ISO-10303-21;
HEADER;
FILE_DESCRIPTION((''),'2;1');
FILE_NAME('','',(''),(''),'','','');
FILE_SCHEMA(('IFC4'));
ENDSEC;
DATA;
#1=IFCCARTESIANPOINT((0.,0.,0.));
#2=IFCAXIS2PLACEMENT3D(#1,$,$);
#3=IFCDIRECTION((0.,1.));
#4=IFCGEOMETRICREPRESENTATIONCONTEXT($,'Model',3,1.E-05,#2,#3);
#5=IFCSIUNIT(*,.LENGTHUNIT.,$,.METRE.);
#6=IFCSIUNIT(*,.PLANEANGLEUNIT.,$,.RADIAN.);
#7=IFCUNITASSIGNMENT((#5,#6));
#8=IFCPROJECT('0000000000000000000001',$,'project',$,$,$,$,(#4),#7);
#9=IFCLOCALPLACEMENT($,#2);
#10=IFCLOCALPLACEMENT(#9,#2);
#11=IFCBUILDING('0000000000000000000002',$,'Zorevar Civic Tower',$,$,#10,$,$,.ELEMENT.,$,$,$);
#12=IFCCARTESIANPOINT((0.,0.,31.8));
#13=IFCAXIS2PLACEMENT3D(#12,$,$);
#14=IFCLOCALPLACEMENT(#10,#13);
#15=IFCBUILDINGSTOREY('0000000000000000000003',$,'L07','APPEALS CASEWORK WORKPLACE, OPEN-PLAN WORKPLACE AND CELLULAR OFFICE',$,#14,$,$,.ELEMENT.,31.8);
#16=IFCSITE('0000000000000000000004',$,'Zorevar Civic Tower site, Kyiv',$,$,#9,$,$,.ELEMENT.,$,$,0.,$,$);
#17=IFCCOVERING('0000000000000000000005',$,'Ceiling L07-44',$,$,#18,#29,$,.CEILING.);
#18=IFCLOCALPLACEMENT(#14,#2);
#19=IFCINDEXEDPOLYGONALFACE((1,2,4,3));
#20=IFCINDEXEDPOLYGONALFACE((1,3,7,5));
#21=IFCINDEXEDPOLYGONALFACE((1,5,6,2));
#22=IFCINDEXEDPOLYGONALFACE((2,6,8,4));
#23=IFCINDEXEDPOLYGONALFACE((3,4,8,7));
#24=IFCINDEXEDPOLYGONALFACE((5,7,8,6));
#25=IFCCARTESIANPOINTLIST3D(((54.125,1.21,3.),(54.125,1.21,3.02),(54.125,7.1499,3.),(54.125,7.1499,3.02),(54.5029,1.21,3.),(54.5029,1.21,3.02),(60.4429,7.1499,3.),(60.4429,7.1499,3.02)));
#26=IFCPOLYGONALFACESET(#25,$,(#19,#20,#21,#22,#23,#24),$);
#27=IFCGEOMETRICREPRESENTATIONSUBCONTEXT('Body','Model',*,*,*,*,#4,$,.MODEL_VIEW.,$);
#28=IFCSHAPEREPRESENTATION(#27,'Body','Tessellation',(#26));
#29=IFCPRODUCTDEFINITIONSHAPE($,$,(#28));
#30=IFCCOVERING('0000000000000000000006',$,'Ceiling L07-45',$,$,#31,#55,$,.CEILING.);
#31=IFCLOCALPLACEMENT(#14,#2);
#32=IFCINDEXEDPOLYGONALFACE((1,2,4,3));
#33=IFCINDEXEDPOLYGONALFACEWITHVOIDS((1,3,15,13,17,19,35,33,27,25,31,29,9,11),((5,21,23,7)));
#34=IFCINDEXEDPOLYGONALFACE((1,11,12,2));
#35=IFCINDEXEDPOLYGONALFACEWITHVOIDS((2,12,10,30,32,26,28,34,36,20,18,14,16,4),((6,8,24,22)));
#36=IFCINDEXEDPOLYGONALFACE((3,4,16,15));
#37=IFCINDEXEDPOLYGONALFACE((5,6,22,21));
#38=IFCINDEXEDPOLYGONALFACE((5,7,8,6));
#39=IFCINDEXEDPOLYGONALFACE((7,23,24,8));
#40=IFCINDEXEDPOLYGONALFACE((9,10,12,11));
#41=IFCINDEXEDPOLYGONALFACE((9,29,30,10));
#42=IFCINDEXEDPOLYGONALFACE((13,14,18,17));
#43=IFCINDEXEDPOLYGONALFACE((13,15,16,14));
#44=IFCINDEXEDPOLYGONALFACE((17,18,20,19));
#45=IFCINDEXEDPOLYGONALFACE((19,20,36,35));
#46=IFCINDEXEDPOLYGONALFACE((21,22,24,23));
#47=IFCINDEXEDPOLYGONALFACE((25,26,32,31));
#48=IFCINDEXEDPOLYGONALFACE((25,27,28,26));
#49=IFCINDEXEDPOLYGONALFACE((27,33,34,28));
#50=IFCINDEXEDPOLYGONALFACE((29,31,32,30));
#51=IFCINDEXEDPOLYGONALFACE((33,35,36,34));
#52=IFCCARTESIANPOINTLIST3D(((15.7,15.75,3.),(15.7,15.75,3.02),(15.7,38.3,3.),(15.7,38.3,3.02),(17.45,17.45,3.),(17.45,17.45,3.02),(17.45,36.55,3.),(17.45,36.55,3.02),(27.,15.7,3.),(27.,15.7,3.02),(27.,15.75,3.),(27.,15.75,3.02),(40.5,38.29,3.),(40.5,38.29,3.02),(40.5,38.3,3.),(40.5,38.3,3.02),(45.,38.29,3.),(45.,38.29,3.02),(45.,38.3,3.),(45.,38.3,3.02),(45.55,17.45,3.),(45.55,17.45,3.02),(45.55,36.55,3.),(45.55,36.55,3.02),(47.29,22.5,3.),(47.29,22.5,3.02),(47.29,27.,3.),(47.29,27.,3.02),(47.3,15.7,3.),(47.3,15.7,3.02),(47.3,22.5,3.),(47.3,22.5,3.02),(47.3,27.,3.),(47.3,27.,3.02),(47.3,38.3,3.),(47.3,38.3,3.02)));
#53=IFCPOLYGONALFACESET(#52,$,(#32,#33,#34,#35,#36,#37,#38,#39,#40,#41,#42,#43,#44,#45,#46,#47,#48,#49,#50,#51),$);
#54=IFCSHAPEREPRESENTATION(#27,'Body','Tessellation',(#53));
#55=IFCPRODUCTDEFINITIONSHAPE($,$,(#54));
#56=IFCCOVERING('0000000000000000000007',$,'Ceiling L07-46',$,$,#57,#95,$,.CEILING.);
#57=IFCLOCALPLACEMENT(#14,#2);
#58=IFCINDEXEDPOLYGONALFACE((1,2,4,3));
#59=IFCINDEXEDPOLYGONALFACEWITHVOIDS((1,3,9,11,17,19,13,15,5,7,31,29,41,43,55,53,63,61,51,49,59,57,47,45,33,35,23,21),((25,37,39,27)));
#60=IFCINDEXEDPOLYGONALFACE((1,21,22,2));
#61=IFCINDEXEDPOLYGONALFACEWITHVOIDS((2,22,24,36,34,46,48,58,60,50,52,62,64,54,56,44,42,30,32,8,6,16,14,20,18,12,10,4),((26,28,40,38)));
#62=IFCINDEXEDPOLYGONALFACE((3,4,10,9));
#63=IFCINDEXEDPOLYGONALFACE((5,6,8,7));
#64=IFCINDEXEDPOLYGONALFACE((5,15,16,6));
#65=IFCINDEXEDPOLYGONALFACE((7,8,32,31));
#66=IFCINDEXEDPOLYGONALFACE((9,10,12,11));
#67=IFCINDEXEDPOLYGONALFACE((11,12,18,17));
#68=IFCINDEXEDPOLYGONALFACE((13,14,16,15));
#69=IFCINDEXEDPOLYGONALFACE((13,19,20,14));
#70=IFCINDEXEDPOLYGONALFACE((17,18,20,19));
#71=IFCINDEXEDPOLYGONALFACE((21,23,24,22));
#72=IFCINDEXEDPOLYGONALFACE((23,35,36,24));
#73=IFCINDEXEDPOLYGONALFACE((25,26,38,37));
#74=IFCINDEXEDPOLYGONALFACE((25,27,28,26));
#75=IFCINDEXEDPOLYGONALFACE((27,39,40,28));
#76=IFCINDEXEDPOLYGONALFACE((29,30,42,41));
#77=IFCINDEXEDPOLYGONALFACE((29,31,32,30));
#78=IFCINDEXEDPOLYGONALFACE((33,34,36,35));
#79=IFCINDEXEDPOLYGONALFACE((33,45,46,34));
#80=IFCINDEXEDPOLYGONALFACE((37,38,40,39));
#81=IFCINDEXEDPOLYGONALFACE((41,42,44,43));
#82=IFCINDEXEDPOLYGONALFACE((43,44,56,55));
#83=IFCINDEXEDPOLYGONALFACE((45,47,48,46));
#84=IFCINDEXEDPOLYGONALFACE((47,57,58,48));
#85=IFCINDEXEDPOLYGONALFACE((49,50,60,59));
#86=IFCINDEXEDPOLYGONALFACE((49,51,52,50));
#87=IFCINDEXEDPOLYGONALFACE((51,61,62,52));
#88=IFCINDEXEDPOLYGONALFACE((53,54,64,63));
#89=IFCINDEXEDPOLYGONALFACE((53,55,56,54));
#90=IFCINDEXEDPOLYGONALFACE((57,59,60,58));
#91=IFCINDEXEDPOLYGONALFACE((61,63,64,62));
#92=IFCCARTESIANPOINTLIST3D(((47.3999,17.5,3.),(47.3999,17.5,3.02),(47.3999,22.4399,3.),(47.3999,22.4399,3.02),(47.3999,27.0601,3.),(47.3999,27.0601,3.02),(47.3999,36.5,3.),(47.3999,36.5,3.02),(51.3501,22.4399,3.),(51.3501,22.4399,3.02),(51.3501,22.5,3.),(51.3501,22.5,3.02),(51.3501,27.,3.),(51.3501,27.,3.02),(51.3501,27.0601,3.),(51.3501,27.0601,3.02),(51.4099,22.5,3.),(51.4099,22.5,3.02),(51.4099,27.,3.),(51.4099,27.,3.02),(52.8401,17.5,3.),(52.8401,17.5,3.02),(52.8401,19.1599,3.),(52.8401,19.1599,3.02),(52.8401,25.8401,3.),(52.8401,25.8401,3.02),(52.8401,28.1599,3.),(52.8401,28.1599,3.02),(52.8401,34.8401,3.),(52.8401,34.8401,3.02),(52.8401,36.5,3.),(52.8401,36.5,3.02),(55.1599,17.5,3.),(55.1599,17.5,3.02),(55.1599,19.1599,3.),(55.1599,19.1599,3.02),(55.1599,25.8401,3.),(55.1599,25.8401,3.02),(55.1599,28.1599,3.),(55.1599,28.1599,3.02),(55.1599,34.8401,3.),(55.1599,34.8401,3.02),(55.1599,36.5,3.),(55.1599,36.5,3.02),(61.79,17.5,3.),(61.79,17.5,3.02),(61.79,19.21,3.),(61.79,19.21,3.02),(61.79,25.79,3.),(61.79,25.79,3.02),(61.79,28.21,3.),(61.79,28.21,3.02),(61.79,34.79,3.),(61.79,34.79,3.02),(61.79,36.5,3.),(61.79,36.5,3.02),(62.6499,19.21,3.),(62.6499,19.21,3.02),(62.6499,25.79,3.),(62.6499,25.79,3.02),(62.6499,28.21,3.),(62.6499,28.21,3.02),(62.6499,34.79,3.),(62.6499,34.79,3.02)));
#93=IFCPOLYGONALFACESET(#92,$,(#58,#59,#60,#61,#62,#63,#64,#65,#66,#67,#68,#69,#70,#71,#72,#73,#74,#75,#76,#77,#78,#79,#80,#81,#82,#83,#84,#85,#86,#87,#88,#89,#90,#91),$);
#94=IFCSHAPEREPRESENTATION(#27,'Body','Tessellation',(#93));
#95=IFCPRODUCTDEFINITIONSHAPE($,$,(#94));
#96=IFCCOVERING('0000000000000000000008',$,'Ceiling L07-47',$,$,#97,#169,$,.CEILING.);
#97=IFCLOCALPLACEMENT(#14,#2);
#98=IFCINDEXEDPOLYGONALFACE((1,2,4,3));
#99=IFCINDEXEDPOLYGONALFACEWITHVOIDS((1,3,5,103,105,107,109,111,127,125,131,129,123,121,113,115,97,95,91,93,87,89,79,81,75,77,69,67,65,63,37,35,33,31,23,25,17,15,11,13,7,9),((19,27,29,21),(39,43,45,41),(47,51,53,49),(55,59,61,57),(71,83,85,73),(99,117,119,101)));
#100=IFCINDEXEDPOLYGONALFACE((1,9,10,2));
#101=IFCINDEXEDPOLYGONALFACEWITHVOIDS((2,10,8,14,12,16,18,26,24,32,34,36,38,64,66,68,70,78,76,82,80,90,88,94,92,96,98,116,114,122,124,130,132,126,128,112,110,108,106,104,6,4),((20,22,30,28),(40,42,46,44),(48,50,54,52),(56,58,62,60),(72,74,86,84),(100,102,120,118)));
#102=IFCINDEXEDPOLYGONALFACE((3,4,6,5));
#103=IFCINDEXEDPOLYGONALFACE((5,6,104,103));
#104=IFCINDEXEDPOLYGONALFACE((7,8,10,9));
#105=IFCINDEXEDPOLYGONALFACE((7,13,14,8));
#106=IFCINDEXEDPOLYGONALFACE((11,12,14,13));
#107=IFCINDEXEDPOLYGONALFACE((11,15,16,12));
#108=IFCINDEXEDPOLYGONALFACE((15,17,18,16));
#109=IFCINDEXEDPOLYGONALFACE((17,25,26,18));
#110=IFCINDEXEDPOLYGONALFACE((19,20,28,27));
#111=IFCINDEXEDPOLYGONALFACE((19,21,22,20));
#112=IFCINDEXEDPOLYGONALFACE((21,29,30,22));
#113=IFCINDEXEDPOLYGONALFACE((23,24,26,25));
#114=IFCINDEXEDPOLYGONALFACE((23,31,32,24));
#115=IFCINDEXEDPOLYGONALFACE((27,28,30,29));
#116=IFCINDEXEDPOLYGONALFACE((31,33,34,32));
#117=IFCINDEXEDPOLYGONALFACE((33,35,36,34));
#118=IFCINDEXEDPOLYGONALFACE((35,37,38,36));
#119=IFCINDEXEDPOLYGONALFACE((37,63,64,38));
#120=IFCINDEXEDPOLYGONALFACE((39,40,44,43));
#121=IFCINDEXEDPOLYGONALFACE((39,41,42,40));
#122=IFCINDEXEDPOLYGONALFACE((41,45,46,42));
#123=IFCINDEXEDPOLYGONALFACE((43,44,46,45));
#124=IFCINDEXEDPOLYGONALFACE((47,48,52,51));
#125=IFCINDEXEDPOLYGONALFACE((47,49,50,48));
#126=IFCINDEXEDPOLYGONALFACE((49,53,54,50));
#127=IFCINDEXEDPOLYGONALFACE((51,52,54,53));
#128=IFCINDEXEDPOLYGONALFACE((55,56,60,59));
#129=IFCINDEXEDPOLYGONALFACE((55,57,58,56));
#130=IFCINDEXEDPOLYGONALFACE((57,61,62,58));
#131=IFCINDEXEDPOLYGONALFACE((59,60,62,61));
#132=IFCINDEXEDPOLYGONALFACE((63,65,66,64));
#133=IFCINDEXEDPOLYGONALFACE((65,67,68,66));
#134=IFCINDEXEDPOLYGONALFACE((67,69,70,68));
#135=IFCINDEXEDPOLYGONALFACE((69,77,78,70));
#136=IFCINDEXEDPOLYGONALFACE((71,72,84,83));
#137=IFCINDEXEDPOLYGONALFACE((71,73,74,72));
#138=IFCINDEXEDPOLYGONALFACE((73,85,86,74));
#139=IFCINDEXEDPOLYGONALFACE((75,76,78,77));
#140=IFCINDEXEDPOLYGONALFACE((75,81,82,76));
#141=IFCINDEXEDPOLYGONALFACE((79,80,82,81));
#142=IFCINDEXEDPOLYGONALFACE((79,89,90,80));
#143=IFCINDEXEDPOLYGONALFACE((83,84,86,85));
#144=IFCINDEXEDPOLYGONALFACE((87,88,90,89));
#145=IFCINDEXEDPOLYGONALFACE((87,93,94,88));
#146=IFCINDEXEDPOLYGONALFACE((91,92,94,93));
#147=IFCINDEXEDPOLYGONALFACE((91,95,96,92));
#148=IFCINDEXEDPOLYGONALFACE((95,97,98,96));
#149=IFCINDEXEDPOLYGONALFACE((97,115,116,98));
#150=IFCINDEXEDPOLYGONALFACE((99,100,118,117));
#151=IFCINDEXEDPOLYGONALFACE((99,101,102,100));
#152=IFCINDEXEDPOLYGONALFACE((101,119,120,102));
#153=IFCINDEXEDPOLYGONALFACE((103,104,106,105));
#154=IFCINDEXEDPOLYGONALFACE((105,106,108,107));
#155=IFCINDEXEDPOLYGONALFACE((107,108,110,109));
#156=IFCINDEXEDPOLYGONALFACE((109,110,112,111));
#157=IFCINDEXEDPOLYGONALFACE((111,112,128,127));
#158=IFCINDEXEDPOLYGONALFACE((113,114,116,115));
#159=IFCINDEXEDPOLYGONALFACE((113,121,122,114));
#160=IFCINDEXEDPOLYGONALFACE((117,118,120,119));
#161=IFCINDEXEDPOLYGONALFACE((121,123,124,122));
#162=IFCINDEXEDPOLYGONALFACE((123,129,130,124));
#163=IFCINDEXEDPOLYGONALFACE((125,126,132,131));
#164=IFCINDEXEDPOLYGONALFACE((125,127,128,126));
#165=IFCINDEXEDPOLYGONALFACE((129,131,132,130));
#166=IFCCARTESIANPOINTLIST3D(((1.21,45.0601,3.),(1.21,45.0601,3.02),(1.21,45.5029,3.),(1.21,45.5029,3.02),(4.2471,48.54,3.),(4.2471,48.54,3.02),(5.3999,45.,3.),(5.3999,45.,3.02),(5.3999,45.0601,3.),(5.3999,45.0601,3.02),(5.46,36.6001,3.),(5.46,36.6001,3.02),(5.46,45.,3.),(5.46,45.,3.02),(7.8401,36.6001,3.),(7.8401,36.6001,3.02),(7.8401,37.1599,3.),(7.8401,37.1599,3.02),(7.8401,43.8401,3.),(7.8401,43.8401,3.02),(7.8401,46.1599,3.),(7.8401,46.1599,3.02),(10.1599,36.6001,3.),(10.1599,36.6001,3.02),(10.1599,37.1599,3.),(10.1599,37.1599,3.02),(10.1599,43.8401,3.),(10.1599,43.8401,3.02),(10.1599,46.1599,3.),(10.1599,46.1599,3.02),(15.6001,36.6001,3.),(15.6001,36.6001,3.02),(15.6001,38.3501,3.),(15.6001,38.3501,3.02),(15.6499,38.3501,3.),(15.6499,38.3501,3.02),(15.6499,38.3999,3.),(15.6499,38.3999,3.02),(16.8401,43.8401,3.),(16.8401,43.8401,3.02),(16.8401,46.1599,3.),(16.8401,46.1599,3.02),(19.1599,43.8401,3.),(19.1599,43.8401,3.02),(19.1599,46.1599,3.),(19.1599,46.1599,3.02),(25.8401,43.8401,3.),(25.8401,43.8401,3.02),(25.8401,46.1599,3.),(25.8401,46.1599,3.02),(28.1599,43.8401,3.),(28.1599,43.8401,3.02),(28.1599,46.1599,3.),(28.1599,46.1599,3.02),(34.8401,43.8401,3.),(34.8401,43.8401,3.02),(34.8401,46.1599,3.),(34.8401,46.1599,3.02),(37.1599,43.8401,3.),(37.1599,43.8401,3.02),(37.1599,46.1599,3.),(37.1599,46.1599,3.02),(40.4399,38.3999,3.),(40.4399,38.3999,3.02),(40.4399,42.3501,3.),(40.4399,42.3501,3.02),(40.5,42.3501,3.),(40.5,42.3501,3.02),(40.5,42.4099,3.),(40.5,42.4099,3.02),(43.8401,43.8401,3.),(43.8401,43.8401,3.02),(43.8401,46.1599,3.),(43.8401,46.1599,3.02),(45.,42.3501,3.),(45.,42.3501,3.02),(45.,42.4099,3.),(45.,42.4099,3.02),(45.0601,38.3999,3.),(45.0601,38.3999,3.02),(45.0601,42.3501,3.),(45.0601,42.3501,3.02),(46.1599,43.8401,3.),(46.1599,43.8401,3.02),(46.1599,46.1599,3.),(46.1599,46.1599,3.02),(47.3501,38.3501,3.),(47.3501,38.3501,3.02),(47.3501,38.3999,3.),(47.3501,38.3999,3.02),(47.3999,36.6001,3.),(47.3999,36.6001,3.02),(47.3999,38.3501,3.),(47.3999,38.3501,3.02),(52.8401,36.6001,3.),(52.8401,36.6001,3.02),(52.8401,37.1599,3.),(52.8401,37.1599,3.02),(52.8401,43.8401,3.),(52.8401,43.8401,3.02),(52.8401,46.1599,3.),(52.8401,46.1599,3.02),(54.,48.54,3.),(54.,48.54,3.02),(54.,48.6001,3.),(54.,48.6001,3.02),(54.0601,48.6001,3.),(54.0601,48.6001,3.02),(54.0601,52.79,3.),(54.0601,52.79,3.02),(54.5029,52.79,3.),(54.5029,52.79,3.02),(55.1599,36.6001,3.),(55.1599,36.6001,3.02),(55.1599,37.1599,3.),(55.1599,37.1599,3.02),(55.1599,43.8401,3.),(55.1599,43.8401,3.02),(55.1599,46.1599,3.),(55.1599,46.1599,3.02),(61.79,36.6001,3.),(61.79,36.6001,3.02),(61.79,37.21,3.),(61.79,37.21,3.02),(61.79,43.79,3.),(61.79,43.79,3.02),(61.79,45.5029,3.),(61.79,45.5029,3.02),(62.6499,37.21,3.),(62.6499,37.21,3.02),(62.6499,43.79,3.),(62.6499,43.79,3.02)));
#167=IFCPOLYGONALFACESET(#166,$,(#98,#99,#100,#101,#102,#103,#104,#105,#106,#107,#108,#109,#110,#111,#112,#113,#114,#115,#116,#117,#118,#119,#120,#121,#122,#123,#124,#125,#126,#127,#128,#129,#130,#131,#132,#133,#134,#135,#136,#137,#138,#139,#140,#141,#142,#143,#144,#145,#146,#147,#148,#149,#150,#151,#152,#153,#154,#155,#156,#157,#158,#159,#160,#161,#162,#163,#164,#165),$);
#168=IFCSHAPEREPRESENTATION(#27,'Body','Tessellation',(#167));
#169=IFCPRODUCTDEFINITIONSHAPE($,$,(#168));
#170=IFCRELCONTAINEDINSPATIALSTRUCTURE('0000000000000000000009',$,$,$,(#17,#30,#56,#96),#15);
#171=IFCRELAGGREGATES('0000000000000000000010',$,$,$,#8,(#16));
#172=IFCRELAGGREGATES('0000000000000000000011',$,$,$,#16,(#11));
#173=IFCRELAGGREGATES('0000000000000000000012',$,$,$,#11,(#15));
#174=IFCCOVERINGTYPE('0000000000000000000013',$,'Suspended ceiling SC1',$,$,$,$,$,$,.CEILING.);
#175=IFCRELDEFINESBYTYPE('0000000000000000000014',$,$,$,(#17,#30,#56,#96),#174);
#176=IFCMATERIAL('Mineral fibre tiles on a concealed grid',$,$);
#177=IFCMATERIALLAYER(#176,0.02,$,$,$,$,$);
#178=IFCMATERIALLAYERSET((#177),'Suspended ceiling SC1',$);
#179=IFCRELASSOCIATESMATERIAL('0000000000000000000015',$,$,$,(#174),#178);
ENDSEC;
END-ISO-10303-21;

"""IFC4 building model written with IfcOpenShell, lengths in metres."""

from ifc_helpers import new_model, si_unit, direction, frame, origin, place, context, subcontext, project, spatial, polyline, outline, extrude, material, layer, layer_set, type_object, element, save


model = new_model("IFC4")

# Units and contexts
model_context = context("Model", 3, precision=1e-05, world=origin(), true_north=direction((0.0, 1.0)))
body_context = subcontext(model_context, "Body", "Model", "MODEL_VIEW")
ifc_project = project(units=[si_unit("LENGTHUNIT", "METRE"), si_unit("PLANEANGLEUNIT", "RADIAN")], contexts=[model_context])

# Site, building, storey
site_placement = place(None, origin())
site = spatial("IfcSite", under=ifc_project, at=site_placement, Name="Zorevar Civic Tower site, Kyiv", CompositionType="ELEMENT", RefElevation=0.0)
building_placement = place(site_placement, origin())
building = spatial("IfcBuilding", under=site, at=building_placement, Name="Zorevar Civic Tower", CompositionType="ELEMENT")
storey_placement = place(building_placement, frame((0.0, 0.0, 31.8)))
storey = spatial("IfcBuildingStorey", under=building, at=storey_placement, Name="L07", Description="APPEALS CASEWORK WORKPLACE, OPEN-PLAN WORKPLACE AND CELLULAR OFFICE", CompositionType="ELEMENT", Elevation=31.8)

# Coverings
ifc_material_1 = material(Name="Mineral fibre tiles on a concealed grid")
ifc_layer_1 = layer(ifc_material_1, 0.02)
ifc_layer_set_1 = layer_set([ifc_layer_1], Name="Suspended ceiling SC1")
covering_type_1 = type_object("IfcCoveringType", Name="Suspended ceiling SC1", PredefinedType="CEILING", material=ifc_layer_set_1)
covering_1_placement = place(storey_placement, frame((0.0, 0.0, 3.0)))
element("IfcCovering", 1, at=covering_1_placement, inside=storey, type_object=covering_type_1, Name="Ceiling L07-44", PredefinedType="CEILING", context=body_context, shape_type="SweptSolid", body=[
    extrude(outline(polyline([(54.125, 1.21), (54.125, 7.1499), (60.4429, 7.1499), (54.5029, 1.21), (54.125, 1.21)])), origin(), (0.0, 0.0, 1.0), 0.02),
])
covering_2_placement = place(storey_placement, frame((0.0, 0.0, 3.0)))
element("IfcCovering", 2, at=covering_2_placement, inside=storey, type_object=covering_type_1, Name="Ceiling L07-45", PredefinedType="CEILING", context=body_context, shape_type="SweptSolid", body=[
    extrude(outline(polyline([(15.7, 38.3), (40.5, 38.3), (40.5, 38.29), (45.0, 38.29), (45.0, 38.3), (47.3, 38.3), (47.3, 27.0), (47.29, 27.0), (47.29, 22.5), (47.3, 22.5), (47.3, 15.7), (27.0, 15.7), (27.0, 15.75), (15.7, 15.75), (15.7, 38.3)]), holes=[polyline([(45.55, 17.45), (45.55, 36.55), (17.45, 36.55), (17.45, 17.45), (45.55, 17.45)])]), origin(), (0.0, 0.0, 1.0), 0.02),
])
covering_3_placement = place(storey_placement, frame((0.0, 0.0, 3.0)))
element("IfcCovering", 3, at=covering_3_placement, inside=storey, type_object=covering_type_1, Name="Ceiling L07-46", PredefinedType="CEILING", context=body_context, shape_type="SweptSolid", body=[
    extrude(outline(polyline([(55.1599, 34.8401), (55.1599, 36.5), (61.79, 36.5), (61.79, 34.79), (62.6499, 34.79), (62.6499, 28.21), (61.79, 28.21), (61.79, 25.79), (62.6499, 25.79), (62.6499, 19.21), (61.79, 19.21), (61.79, 17.5), (55.1599, 17.5), (55.1599, 19.1599), (52.8401, 19.1599), (52.8401, 17.5), (47.3999, 17.5), (47.3999, 22.4399), (51.3501, 22.4399), (51.3501, 22.5), (51.4099, 22.5), (51.4099, 27.0), (51.3501, 27.0), (51.3501, 27.0601), (47.3999, 27.0601), (47.3999, 36.5), (52.8401, 36.5), (52.8401, 34.8401), (55.1599, 34.8401)]), holes=[polyline([(55.1599, 28.1599), (52.8401, 28.1599), (52.8401, 25.8401), (55.1599, 25.8401), (55.1599, 28.1599)])]), origin(), (0.0, 0.0, 1.0), 0.02),
])
covering_4_placement = place(storey_placement, frame((0.0, 0.0, 3.0)))
element("IfcCovering", 4, at=covering_4_placement, inside=storey, type_object=covering_type_1, Name="Ceiling L07-47", PredefinedType="CEILING", context=body_context, shape_type="SweptSolid", body=[
    extrude(outline(polyline([(62.6499, 43.79), (62.6499, 37.21), (61.79, 37.21), (61.79, 36.6001), (55.1599, 36.6001), (55.1599, 37.1599), (52.8401, 37.1599), (52.8401, 36.6001), (47.3999, 36.6001), (47.3999, 38.3501), (47.3501, 38.3501), (47.3501, 38.3999), (45.0601, 38.3999), (45.0601, 42.3501), (45.0, 42.3501), (45.0, 42.4099), (40.5, 42.4099), (40.5, 42.3501), (40.4399, 42.3501), (40.4399, 38.3999), (15.6499, 38.3999), (15.6499, 38.3501), (15.6001, 38.3501), (15.6001, 36.6001), (10.1599, 36.6001), (10.1599, 37.1599), (7.8401, 37.1599), (7.8401, 36.6001), (5.46, 36.6001), (5.46, 45.0), (5.3999, 45.0), (5.3999, 45.0601), (1.21, 45.0601), (1.21, 45.5029), (4.2471, 48.54), (54.0, 48.54), (54.0, 48.6001), (54.0601, 48.6001), (54.0601, 52.79), (54.5029, 52.79), (61.79, 45.5029), (61.79, 43.79), (62.6499, 43.79)]), holes=[polyline([(10.1599, 43.8401), (10.1599, 46.1599), (7.8401, 46.1599), (7.8401, 43.8401), (10.1599, 43.8401)]), polyline([(16.8401, 43.8401), (19.1599, 43.8401), (19.1599, 46.1599), (16.8401, 46.1599), (16.8401, 43.8401)]), polyline([(25.8401, 46.1599), (25.8401, 43.8401), (28.1599, 43.8401), (28.1599, 46.1599), (25.8401, 46.1599)]), polyline([(37.1599, 46.1599), (34.8401, 46.1599), (34.8401, 43.8401), (37.1599, 43.8401), (37.1599, 46.1599)]), polyline([(46.1599, 43.8401), (46.1599, 46.1599), (43.8401, 46.1599), (43.8401, 43.8401), (46.1599, 43.8401)]), polyline([(52.8401, 46.1599), (52.8401, 43.8401), (55.1599, 43.8401), (55.1599, 46.1599), (52.8401, 46.1599)])]), origin(), (0.0, 0.0, 1.0), 0.02),
])

save(model, "model.ifc")
